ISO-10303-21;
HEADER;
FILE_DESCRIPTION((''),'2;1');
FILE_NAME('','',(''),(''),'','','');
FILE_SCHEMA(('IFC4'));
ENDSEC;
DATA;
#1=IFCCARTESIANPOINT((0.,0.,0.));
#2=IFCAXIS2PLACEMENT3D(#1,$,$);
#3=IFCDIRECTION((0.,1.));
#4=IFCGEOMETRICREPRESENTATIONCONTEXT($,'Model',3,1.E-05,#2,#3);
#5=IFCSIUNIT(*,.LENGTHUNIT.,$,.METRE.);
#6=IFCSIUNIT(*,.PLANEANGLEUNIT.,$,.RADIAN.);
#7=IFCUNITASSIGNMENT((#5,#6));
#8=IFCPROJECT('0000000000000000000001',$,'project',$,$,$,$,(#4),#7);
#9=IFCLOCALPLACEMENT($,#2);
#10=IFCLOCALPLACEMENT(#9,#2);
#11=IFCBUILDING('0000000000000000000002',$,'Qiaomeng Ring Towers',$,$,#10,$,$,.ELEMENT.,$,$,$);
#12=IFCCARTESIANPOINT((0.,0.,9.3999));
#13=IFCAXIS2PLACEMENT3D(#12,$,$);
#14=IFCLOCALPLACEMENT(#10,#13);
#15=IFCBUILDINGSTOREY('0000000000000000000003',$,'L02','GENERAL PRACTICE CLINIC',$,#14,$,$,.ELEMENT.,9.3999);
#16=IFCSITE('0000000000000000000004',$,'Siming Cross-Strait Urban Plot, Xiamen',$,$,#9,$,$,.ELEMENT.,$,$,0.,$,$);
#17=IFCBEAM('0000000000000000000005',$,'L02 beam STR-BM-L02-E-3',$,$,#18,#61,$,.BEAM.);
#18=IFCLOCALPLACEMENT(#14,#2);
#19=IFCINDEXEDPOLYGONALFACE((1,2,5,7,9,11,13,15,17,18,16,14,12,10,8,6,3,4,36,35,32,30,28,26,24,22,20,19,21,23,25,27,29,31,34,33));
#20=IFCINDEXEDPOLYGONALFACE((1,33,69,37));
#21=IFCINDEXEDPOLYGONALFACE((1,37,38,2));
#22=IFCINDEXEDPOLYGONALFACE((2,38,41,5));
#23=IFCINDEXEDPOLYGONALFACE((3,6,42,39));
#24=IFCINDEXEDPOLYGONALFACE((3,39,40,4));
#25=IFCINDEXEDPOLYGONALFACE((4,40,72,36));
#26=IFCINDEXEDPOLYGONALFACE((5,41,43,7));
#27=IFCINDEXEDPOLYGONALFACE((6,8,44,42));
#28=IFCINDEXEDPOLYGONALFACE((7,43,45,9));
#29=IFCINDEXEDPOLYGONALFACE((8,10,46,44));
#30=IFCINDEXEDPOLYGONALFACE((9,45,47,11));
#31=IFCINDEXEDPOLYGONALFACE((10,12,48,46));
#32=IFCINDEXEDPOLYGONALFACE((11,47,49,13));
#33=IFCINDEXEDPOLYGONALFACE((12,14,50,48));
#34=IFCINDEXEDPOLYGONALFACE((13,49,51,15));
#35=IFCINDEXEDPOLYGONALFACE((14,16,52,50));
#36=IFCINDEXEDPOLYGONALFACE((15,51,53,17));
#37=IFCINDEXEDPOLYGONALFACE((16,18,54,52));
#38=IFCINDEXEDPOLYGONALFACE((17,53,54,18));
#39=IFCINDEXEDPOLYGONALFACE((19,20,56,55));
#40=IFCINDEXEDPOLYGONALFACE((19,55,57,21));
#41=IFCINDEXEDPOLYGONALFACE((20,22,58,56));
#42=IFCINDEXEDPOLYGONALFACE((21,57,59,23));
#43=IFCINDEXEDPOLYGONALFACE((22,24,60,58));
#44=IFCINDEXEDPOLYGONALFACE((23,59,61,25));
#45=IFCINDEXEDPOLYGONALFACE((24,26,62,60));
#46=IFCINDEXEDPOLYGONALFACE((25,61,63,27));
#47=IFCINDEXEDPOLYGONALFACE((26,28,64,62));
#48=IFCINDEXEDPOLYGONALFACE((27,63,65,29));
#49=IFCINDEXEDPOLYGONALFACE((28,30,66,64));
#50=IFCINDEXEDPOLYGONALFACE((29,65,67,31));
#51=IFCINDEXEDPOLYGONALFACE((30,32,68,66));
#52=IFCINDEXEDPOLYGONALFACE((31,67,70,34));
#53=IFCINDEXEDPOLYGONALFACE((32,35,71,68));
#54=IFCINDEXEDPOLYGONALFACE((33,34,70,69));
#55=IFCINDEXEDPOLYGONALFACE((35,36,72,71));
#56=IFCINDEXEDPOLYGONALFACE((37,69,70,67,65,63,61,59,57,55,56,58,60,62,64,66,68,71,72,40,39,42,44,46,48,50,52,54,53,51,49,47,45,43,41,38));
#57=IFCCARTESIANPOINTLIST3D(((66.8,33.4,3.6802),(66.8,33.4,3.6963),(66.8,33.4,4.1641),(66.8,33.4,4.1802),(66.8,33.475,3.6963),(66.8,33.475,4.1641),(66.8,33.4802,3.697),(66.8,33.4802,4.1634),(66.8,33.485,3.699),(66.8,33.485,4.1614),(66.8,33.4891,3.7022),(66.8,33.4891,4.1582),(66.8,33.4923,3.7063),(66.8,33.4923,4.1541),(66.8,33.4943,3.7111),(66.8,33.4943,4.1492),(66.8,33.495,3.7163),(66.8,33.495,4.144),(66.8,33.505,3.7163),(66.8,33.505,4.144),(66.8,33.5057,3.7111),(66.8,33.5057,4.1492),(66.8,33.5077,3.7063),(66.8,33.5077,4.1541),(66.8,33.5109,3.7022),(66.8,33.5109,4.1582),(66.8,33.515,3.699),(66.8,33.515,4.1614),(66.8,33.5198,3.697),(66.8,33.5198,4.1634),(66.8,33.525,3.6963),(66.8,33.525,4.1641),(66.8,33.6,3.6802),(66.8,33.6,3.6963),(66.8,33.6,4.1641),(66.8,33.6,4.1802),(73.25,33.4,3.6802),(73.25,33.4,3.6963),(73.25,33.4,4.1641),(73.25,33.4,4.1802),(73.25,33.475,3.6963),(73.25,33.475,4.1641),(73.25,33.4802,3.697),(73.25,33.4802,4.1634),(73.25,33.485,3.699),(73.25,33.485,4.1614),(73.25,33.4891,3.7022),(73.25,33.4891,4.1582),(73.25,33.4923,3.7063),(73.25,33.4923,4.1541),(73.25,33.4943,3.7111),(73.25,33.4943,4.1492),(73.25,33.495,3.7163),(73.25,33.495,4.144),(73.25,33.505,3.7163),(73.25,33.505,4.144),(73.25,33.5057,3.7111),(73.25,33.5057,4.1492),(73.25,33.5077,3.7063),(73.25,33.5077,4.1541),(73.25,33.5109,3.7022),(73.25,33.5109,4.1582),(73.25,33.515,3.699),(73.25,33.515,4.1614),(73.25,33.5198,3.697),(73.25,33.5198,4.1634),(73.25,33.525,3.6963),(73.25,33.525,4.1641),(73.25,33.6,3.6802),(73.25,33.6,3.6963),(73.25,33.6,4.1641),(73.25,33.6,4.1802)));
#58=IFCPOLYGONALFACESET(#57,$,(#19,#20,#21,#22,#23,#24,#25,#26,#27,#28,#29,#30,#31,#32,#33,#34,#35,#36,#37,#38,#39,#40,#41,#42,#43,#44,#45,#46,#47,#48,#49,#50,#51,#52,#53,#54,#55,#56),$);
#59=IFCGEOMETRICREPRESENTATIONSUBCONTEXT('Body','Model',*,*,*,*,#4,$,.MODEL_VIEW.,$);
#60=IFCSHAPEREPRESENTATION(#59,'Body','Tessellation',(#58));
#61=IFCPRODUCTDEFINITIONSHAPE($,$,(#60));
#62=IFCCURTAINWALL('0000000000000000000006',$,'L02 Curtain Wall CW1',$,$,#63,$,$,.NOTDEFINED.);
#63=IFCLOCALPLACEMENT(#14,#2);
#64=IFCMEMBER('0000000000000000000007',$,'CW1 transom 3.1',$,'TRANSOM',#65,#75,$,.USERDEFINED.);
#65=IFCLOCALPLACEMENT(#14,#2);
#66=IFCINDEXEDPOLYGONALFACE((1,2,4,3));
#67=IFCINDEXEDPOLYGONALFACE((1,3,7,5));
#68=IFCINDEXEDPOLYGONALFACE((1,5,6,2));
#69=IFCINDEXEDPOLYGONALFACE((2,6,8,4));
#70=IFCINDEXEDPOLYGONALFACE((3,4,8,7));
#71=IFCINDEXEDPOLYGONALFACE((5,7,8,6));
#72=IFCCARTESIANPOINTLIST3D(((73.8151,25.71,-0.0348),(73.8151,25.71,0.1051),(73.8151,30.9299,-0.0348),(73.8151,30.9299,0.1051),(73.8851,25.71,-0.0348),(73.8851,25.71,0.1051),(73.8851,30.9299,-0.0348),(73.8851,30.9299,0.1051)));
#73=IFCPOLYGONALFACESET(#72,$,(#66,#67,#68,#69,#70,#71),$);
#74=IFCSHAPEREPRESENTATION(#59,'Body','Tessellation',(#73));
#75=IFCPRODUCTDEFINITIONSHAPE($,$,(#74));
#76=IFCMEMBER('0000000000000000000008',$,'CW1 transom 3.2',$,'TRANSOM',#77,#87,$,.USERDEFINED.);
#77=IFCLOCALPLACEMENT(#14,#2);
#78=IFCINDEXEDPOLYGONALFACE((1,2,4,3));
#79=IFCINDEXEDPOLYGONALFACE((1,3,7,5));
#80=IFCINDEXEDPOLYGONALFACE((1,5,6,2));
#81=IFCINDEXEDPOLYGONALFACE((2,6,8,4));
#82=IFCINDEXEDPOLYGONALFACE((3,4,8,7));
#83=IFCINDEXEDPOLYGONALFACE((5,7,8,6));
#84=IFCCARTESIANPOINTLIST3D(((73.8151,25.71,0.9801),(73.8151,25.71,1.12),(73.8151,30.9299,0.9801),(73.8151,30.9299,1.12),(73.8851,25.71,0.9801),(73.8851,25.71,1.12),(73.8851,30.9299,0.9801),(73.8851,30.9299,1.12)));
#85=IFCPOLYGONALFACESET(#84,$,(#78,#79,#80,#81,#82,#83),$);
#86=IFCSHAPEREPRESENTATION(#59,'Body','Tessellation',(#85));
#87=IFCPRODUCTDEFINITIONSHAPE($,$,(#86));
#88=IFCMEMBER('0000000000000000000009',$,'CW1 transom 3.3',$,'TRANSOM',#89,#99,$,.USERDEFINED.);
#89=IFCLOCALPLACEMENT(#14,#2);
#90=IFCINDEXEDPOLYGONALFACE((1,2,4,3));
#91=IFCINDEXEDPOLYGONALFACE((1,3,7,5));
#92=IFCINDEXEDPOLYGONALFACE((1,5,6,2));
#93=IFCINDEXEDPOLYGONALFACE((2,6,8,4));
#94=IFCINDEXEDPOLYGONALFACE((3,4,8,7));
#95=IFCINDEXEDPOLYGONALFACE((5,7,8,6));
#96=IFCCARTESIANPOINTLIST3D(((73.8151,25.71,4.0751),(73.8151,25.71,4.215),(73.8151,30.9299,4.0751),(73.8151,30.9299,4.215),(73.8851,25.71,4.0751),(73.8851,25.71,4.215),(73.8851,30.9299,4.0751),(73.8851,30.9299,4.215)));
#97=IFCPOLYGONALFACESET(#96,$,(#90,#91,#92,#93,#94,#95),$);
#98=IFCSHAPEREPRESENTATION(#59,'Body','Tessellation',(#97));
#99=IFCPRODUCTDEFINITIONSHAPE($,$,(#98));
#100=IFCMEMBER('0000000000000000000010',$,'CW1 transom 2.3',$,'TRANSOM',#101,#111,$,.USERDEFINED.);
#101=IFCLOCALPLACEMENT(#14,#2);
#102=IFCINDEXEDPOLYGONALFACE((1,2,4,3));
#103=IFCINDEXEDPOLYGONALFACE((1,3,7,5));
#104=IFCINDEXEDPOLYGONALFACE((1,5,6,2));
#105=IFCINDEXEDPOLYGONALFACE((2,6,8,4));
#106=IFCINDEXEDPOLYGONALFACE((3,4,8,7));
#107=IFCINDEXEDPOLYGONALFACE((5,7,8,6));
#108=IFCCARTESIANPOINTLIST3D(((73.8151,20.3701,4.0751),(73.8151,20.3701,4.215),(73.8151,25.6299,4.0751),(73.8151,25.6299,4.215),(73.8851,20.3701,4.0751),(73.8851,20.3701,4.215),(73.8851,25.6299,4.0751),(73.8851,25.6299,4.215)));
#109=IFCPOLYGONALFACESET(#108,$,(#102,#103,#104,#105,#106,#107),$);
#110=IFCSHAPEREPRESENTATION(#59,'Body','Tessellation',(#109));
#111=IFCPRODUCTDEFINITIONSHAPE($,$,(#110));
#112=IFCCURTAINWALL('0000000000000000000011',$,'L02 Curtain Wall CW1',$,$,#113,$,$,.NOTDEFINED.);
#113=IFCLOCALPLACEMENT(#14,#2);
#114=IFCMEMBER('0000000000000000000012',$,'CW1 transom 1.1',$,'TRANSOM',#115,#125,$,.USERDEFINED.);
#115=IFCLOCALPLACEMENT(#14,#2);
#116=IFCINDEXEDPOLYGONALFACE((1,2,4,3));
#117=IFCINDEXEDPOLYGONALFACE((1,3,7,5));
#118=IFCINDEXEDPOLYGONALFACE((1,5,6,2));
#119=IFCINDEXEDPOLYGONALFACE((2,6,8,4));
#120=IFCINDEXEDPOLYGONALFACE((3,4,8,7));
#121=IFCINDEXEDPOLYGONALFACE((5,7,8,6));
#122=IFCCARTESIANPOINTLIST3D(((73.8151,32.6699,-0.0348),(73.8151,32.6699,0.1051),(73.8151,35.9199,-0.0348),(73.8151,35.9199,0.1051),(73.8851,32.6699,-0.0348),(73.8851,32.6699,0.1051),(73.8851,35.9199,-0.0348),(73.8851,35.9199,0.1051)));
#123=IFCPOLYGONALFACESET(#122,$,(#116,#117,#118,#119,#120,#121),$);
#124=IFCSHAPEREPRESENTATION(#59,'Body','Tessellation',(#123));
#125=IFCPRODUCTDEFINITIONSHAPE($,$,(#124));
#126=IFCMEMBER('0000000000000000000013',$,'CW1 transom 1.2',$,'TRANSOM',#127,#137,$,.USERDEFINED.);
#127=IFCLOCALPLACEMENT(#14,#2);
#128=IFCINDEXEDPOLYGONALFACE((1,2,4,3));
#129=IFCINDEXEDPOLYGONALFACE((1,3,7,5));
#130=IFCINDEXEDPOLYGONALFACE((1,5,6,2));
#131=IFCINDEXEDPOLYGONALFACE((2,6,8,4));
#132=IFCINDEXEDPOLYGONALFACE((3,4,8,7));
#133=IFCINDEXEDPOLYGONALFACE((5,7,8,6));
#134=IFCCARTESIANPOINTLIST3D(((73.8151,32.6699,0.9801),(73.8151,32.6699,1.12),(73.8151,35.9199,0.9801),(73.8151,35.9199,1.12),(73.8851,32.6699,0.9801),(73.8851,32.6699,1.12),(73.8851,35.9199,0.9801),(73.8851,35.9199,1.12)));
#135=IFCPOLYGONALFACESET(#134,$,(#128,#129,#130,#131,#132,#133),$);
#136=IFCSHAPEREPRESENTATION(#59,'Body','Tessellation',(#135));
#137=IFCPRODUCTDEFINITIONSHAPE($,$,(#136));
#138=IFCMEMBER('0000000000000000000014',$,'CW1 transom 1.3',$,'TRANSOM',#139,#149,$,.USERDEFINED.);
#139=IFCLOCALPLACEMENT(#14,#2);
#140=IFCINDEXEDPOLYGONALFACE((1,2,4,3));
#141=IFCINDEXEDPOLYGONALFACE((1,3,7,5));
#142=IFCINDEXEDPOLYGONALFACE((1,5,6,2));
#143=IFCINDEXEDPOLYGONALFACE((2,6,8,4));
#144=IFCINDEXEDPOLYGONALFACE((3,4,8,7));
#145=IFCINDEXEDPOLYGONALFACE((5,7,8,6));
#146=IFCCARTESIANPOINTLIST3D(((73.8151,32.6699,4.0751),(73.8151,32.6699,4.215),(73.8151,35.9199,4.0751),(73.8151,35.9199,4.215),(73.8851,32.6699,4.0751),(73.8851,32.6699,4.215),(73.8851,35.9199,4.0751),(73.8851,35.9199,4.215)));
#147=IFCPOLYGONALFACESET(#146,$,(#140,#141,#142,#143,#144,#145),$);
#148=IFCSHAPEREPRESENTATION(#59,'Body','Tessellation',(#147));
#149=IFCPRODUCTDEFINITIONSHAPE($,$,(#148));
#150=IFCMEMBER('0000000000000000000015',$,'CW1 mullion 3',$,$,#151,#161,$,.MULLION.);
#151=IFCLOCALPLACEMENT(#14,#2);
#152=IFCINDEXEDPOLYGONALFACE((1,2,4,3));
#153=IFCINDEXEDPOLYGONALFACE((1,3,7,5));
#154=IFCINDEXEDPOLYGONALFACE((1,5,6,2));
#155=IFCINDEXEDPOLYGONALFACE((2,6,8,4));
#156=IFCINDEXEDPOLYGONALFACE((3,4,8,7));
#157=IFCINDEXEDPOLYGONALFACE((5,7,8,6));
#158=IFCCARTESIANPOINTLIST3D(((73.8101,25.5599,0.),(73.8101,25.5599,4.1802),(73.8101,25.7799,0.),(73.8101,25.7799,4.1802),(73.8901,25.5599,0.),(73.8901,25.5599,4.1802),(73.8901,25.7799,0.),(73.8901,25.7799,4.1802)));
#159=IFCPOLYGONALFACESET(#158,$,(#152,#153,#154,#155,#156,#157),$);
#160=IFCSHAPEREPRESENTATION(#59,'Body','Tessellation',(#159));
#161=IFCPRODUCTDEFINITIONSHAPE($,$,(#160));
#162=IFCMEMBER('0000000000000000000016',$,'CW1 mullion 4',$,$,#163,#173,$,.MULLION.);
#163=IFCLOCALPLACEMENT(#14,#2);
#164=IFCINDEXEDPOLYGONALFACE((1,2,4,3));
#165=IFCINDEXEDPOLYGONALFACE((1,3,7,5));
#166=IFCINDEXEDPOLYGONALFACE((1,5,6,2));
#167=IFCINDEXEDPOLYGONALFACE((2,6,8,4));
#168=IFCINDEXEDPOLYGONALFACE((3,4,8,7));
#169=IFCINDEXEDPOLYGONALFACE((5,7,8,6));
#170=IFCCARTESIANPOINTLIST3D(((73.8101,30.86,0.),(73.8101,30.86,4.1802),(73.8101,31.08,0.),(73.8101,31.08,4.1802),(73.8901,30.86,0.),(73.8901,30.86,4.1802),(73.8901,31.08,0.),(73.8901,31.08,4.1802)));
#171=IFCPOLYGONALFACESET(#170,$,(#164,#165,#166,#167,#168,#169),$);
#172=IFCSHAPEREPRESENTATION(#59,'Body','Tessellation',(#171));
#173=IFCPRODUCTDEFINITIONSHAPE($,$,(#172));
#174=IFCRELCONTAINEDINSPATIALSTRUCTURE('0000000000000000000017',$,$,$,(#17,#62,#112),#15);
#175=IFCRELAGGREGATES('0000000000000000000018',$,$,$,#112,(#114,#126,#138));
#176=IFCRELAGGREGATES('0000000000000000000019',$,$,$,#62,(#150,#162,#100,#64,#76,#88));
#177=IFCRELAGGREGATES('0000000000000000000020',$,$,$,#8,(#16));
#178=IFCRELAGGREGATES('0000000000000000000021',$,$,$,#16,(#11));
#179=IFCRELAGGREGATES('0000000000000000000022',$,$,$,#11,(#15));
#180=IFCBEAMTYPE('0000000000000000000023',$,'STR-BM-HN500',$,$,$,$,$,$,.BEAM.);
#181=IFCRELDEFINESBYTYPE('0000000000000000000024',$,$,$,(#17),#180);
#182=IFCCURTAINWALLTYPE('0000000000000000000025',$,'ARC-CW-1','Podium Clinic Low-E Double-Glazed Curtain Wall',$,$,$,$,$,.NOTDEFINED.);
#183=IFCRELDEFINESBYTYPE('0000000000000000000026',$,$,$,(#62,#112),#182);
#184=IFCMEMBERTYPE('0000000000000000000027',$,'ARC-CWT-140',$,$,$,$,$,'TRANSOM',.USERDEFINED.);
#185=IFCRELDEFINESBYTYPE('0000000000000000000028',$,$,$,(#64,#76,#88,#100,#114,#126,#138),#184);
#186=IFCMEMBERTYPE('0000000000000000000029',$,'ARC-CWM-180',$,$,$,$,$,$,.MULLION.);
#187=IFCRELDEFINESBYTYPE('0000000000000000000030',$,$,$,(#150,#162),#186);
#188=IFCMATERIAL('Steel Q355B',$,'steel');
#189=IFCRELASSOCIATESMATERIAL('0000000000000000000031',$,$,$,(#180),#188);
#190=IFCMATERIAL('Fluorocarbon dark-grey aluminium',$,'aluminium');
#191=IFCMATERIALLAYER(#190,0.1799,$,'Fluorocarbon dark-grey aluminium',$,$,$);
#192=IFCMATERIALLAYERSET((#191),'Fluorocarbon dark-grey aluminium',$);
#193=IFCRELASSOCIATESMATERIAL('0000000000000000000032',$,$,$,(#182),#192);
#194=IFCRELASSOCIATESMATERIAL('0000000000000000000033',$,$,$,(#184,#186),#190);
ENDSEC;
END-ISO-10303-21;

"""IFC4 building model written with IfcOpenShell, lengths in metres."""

from ifc_helpers import new_model, si_unit, direction, frame, origin, origin_2d, place, context, subcontext, project, spatial, rectangle, i_section, extrude, source, transform, mapped, material, layer, layer_set, material_profile, profile_set, type_object, element, aggregate, save


model = new_model("IFC4")

# Units and contexts
model_context = context("Model", 3, precision=1e-05, world=origin(), true_north=direction((0.0, 1.0)))
body_context = subcontext(model_context, "Body", "Model", "MODEL_VIEW")
ifc_project = project(units=[si_unit("LENGTHUNIT", "METRE"), si_unit("PLANEANGLEUNIT", "RADIAN")], contexts=[model_context])

# Site, building, storey
site_placement = place(None, origin())
site = spatial("IfcSite", under=ifc_project, at=site_placement, Name="Siming Cross-Strait Urban Plot, Xiamen", CompositionType="ELEMENT", RefElevation=0.0)
building_placement = place(site_placement, origin())
building = spatial("IfcBuilding", under=site, at=building_placement, Name="Qiaomeng Ring Towers", CompositionType="ELEMENT")
storey_placement = place(building_placement, frame((0.0, 0.0, 9.3999)))
storey = spatial("IfcBuildingStorey", under=building, at=storey_placement, Name="L02", Description="GENERAL PRACTICE CLINIC", CompositionType="ELEMENT", Elevation=9.3999)

# Beam
ifc_material_1 = material(Name="Steel Q355B", Category="steel")
ifc_material_profile_1 = material_profile(ifc_material_1, i_section(OverallWidth=0.2, OverallDepth=0.5, WebThickness=0.01, FlangeThickness=0.0161, FilletRadius=0.02, at=origin_2d()), Name="HN 500x200x10x16")
ifc_profile_set_1 = profile_set([ifc_material_profile_1], Name="Steel Q355B")
beam_type = type_object("IfcBeamType", Name="STR-BM-HN500", PredefinedType="BEAM", material=ifc_profile_set_1)
shared_shape_1 = source(origin(), body_context, "Body", "SweptSolid", [
    extrude(i_section(OverallWidth=0.2, OverallDepth=0.5, WebThickness=0.01, FlangeThickness=0.0161, FilletRadius=0.02, at=origin_2d()), origin(), (0.0, 0.0, 1.0), 6.45),
])
for number, where, z_axis, x_axis, name in (
    (1, (66.8, 33.5, 3.9302), (1.0, 0.0, 0.0), (0.0, 1.0, 0.0), "L02 beam STR-BM-L02-E-3"),
):
    element("IfcBeam", number, at=place(storey_placement, frame(where, z_axis=z_axis, x_axis=x_axis)), inside=storey, type_object=beam_type, Name=name, PredefinedType="BEAM", context=body_context, shape_type="MappedRepresentation", body=[
        mapped(shared_shape_1, transform((0.0, 0.0, 0.0), x_axis=(1.0, 0.0, 0.0), y_axis=(0.0, 1.0, 0.0), z_axis=(0.0, 0.0, 1.0), scale=1.0)),
    ])

# Curtain walls, members
ifc_material_2 = material(Name="Fluorocarbon dark-grey aluminium", Category="aluminium")
ifc_layer_1 = layer(ifc_material_2, 0.1799, Name="Fluorocarbon dark-grey aluminium")
ifc_layer_set_1 = layer_set([ifc_layer_1], Name="Fluorocarbon dark-grey aluminium")
curtain_wall_type = type_object("IfcCurtainWallType", Name="ARC-CW-1", Description="Podium Clinic Low-E Double-Glazed Curtain Wall", PredefinedType="NOTDEFINED", material=ifc_layer_set_1)
curtain_wall_1_placement = place(storey_placement, origin())
curtain_wall_1 = element("IfcCurtainWall", 2, at=curtain_wall_1_placement, inside=storey, type_object=curtain_wall_type, Name="L02 Curtain Wall CW1", PredefinedType="NOTDEFINED")
ifc_material_profile_2 = material_profile(ifc_material_2, rectangle(XDim=0.0701, YDim=0.1399, at=origin_2d()), Name="ALU TRAN 70x140")
ifc_profile_set_2 = profile_set([ifc_material_profile_2], Name="Fluorocarbon dark-grey aluminium")
member_type_1 = type_object("IfcMemberType", Name="ARC-CWT-140", ElementType="TRANSOM", PredefinedType="USERDEFINED", material=ifc_profile_set_2)
shared_shape_2 = source(origin(), body_context, "Body", "SweptSolid", [
    extrude(rectangle(XDim=0.0701, YDim=0.1399, at=origin_2d()), origin(), (0.0, 0.0, 1.0), 5.22),
])
member_1_placement = place(storey_placement, frame((73.8501, 25.71, 0.0352), z_axis=(0.0, 1.0, 0.0), x_axis=(-1.0, 0.0, 0.0)))
member_1 = element("IfcMember", 3, at=member_1_placement, type_object=member_type_1, Name="CW1 transom 3.1", ObjectType="TRANSOM", PredefinedType="USERDEFINED", context=body_context, shape_type="MappedRepresentation", body=[
    mapped(shared_shape_2, transform((0.0, 0.0, 0.0), x_axis=(1.0, 0.0, 0.0), y_axis=(0.0, 1.0, 0.0), z_axis=(0.0, 0.0, 1.0), scale=1.0)),
])
member_2_placement = place(storey_placement, frame((73.8501, 25.71, 1.05), z_axis=(0.0, 1.0, 0.0), x_axis=(-1.0, 0.0, 0.0)))
member_2 = element("IfcMember", 4, at=member_2_placement, type_object=member_type_1, Name="CW1 transom 3.2", ObjectType="TRANSOM", PredefinedType="USERDEFINED", context=body_context, shape_type="MappedRepresentation", body=[
    mapped(shared_shape_2, transform((0.0, 0.0, 0.0), x_axis=(1.0, 0.0, 0.0), y_axis=(0.0, 1.0, 0.0), z_axis=(0.0, 0.0, 1.0), scale=1.0)),
])
member_3_placement = place(storey_placement, frame((73.8501, 25.71, 4.145), z_axis=(0.0, 1.0, 0.0), x_axis=(-1.0, 0.0, 0.0)))
member_3 = element("IfcMember", 5, at=member_3_placement, type_object=member_type_1, Name="CW1 transom 3.3", ObjectType="TRANSOM", PredefinedType="USERDEFINED", context=body_context, shape_type="MappedRepresentation", body=[
    mapped(shared_shape_2, transform((0.0, 0.0, 0.0), x_axis=(1.0, 0.0, 0.0), y_axis=(0.0, 1.0, 0.0), z_axis=(0.0, 0.0, 1.0), scale=1.0)),
])
shared_shape_3 = source(origin(), body_context, "Body", "SweptSolid", [
    extrude(rectangle(XDim=0.0701, YDim=0.1399, at=origin_2d()), origin(), (0.0, 0.0, 1.0), 5.2598),
])
member_4_placement = place(storey_placement, frame((73.8501, 20.3701, 4.145), z_axis=(0.0, 1.0, 0.0), x_axis=(-1.0, 0.0, 0.0)))
member_4 = element("IfcMember", 6, at=member_4_placement, type_object=member_type_1, Name="CW1 transom 2.3", ObjectType="TRANSOM", PredefinedType="USERDEFINED", context=body_context, shape_type="MappedRepresentation", body=[
    mapped(shared_shape_3, transform((0.0, 0.0, 0.0), x_axis=(1.0, 0.0, 0.0), y_axis=(0.0, 1.0, 0.0), z_axis=(0.0, 0.0, 1.0), scale=1.0)),
])
curtain_wall_2_placement = place(storey_placement, origin())
curtain_wall_2 = element("IfcCurtainWall", 7, at=curtain_wall_2_placement, inside=storey, type_object=curtain_wall_type, Name="L02 Curtain Wall CW1", PredefinedType="NOTDEFINED")
shared_shape_4 = source(origin(), body_context, "Body", "SweptSolid", [
    extrude(rectangle(XDim=0.0701, YDim=0.1399, at=origin_2d()), origin(), (0.0, 0.0, 1.0), 3.25),
])
member_5_placement = place(storey_placement, frame((73.8501, 32.6699, 0.0352), z_axis=(0.0, 1.0, 0.0), x_axis=(-1.0, 0.0, 0.0)))
member_5 = element("IfcMember", 8, at=member_5_placement, type_object=member_type_1, Name="CW1 transom 1.1", ObjectType="TRANSOM", PredefinedType="USERDEFINED", context=body_context, shape_type="MappedRepresentation", body=[
    mapped(shared_shape_4, transform((0.0, 0.0, 0.0), x_axis=(1.0, 0.0, 0.0), y_axis=(0.0, 1.0, 0.0), z_axis=(0.0, 0.0, 1.0), scale=1.0)),
])
member_6_placement = place(storey_placement, frame((73.8501, 32.6699, 1.05), z_axis=(0.0, 1.0, 0.0), x_axis=(-1.0, 0.0, 0.0)))
member_6 = element("IfcMember", 9, at=member_6_placement, type_object=member_type_1, Name="CW1 transom 1.2", ObjectType="TRANSOM", PredefinedType="USERDEFINED", context=body_context, shape_type="MappedRepresentation", body=[
    mapped(shared_shape_4, transform((0.0, 0.0, 0.0), x_axis=(1.0, 0.0, 0.0), y_axis=(0.0, 1.0, 0.0), z_axis=(0.0, 0.0, 1.0), scale=1.0)),
])
member_7_placement = place(storey_placement, frame((73.8501, 32.6699, 4.145), z_axis=(0.0, 1.0, 0.0), x_axis=(-1.0, 0.0, 0.0)))
member_7 = element("IfcMember", 10, at=member_7_placement, type_object=member_type_1, Name="CW1 transom 1.3", ObjectType="TRANSOM", PredefinedType="USERDEFINED", context=body_context, shape_type="MappedRepresentation", body=[
    mapped(shared_shape_4, transform((0.0, 0.0, 0.0), x_axis=(1.0, 0.0, 0.0), y_axis=(0.0, 1.0, 0.0), z_axis=(0.0, 0.0, 1.0), scale=1.0)),
])

# Members
ifc_material_profile_3 = material_profile(ifc_material_2, rectangle(XDim=0.0801, YDim=0.22, at=origin_2d()), Name="ALU MULL 80x220")
ifc_profile_set_3 = profile_set([ifc_material_profile_3], Name="Fluorocarbon dark-grey aluminium")
member_type_2 = type_object("IfcMemberType", Name="ARC-CWM-180", PredefinedType="MULLION", material=ifc_profile_set_3)
shared_shape_5 = source(origin(), body_context, "Body", "SweptSolid", [
    extrude(rectangle(XDim=0.0801, YDim=0.22, at=origin_2d()), origin(), (0.0, 0.0, 1.0), 4.1802),
])
member_8_placement = place(storey_placement, frame((73.8501, 25.6699, 0.0), z_axis=(0.0, 0.0, 1.0), x_axis=(-1.0, 0.0, 0.0)))
member_8 = element("IfcMember", 11, at=member_8_placement, type_object=member_type_2, Name="CW1 mullion 3", PredefinedType="MULLION", context=body_context, shape_type="MappedRepresentation", body=[
    mapped(shared_shape_5, transform((0.0, 0.0, 0.0), x_axis=(1.0, 0.0, 0.0), y_axis=(0.0, 1.0, 0.0), z_axis=(0.0, 0.0, 1.0), scale=1.0)),
])
member_9_placement = place(storey_placement, frame((73.8501, 30.97, 0.0), z_axis=(0.0, 0.0, 1.0), x_axis=(-1.0, 0.0, 0.0)))
member_9 = element("IfcMember", 12, at=member_9_placement, type_object=member_type_2, Name="CW1 mullion 4", PredefinedType="MULLION", context=body_context, shape_type="MappedRepresentation", body=[
    mapped(shared_shape_5, transform((0.0, 0.0, 0.0), x_axis=(1.0, 0.0, 0.0), y_axis=(0.0, 1.0, 0.0), z_axis=(0.0, 0.0, 1.0), scale=1.0)),
])

aggregate(curtain_wall_2, [member_5, member_6, member_7])
aggregate(curtain_wall_1, [member_8, member_9, member_4, member_1, member_2, member_3])

save(model, "model.ifc")
